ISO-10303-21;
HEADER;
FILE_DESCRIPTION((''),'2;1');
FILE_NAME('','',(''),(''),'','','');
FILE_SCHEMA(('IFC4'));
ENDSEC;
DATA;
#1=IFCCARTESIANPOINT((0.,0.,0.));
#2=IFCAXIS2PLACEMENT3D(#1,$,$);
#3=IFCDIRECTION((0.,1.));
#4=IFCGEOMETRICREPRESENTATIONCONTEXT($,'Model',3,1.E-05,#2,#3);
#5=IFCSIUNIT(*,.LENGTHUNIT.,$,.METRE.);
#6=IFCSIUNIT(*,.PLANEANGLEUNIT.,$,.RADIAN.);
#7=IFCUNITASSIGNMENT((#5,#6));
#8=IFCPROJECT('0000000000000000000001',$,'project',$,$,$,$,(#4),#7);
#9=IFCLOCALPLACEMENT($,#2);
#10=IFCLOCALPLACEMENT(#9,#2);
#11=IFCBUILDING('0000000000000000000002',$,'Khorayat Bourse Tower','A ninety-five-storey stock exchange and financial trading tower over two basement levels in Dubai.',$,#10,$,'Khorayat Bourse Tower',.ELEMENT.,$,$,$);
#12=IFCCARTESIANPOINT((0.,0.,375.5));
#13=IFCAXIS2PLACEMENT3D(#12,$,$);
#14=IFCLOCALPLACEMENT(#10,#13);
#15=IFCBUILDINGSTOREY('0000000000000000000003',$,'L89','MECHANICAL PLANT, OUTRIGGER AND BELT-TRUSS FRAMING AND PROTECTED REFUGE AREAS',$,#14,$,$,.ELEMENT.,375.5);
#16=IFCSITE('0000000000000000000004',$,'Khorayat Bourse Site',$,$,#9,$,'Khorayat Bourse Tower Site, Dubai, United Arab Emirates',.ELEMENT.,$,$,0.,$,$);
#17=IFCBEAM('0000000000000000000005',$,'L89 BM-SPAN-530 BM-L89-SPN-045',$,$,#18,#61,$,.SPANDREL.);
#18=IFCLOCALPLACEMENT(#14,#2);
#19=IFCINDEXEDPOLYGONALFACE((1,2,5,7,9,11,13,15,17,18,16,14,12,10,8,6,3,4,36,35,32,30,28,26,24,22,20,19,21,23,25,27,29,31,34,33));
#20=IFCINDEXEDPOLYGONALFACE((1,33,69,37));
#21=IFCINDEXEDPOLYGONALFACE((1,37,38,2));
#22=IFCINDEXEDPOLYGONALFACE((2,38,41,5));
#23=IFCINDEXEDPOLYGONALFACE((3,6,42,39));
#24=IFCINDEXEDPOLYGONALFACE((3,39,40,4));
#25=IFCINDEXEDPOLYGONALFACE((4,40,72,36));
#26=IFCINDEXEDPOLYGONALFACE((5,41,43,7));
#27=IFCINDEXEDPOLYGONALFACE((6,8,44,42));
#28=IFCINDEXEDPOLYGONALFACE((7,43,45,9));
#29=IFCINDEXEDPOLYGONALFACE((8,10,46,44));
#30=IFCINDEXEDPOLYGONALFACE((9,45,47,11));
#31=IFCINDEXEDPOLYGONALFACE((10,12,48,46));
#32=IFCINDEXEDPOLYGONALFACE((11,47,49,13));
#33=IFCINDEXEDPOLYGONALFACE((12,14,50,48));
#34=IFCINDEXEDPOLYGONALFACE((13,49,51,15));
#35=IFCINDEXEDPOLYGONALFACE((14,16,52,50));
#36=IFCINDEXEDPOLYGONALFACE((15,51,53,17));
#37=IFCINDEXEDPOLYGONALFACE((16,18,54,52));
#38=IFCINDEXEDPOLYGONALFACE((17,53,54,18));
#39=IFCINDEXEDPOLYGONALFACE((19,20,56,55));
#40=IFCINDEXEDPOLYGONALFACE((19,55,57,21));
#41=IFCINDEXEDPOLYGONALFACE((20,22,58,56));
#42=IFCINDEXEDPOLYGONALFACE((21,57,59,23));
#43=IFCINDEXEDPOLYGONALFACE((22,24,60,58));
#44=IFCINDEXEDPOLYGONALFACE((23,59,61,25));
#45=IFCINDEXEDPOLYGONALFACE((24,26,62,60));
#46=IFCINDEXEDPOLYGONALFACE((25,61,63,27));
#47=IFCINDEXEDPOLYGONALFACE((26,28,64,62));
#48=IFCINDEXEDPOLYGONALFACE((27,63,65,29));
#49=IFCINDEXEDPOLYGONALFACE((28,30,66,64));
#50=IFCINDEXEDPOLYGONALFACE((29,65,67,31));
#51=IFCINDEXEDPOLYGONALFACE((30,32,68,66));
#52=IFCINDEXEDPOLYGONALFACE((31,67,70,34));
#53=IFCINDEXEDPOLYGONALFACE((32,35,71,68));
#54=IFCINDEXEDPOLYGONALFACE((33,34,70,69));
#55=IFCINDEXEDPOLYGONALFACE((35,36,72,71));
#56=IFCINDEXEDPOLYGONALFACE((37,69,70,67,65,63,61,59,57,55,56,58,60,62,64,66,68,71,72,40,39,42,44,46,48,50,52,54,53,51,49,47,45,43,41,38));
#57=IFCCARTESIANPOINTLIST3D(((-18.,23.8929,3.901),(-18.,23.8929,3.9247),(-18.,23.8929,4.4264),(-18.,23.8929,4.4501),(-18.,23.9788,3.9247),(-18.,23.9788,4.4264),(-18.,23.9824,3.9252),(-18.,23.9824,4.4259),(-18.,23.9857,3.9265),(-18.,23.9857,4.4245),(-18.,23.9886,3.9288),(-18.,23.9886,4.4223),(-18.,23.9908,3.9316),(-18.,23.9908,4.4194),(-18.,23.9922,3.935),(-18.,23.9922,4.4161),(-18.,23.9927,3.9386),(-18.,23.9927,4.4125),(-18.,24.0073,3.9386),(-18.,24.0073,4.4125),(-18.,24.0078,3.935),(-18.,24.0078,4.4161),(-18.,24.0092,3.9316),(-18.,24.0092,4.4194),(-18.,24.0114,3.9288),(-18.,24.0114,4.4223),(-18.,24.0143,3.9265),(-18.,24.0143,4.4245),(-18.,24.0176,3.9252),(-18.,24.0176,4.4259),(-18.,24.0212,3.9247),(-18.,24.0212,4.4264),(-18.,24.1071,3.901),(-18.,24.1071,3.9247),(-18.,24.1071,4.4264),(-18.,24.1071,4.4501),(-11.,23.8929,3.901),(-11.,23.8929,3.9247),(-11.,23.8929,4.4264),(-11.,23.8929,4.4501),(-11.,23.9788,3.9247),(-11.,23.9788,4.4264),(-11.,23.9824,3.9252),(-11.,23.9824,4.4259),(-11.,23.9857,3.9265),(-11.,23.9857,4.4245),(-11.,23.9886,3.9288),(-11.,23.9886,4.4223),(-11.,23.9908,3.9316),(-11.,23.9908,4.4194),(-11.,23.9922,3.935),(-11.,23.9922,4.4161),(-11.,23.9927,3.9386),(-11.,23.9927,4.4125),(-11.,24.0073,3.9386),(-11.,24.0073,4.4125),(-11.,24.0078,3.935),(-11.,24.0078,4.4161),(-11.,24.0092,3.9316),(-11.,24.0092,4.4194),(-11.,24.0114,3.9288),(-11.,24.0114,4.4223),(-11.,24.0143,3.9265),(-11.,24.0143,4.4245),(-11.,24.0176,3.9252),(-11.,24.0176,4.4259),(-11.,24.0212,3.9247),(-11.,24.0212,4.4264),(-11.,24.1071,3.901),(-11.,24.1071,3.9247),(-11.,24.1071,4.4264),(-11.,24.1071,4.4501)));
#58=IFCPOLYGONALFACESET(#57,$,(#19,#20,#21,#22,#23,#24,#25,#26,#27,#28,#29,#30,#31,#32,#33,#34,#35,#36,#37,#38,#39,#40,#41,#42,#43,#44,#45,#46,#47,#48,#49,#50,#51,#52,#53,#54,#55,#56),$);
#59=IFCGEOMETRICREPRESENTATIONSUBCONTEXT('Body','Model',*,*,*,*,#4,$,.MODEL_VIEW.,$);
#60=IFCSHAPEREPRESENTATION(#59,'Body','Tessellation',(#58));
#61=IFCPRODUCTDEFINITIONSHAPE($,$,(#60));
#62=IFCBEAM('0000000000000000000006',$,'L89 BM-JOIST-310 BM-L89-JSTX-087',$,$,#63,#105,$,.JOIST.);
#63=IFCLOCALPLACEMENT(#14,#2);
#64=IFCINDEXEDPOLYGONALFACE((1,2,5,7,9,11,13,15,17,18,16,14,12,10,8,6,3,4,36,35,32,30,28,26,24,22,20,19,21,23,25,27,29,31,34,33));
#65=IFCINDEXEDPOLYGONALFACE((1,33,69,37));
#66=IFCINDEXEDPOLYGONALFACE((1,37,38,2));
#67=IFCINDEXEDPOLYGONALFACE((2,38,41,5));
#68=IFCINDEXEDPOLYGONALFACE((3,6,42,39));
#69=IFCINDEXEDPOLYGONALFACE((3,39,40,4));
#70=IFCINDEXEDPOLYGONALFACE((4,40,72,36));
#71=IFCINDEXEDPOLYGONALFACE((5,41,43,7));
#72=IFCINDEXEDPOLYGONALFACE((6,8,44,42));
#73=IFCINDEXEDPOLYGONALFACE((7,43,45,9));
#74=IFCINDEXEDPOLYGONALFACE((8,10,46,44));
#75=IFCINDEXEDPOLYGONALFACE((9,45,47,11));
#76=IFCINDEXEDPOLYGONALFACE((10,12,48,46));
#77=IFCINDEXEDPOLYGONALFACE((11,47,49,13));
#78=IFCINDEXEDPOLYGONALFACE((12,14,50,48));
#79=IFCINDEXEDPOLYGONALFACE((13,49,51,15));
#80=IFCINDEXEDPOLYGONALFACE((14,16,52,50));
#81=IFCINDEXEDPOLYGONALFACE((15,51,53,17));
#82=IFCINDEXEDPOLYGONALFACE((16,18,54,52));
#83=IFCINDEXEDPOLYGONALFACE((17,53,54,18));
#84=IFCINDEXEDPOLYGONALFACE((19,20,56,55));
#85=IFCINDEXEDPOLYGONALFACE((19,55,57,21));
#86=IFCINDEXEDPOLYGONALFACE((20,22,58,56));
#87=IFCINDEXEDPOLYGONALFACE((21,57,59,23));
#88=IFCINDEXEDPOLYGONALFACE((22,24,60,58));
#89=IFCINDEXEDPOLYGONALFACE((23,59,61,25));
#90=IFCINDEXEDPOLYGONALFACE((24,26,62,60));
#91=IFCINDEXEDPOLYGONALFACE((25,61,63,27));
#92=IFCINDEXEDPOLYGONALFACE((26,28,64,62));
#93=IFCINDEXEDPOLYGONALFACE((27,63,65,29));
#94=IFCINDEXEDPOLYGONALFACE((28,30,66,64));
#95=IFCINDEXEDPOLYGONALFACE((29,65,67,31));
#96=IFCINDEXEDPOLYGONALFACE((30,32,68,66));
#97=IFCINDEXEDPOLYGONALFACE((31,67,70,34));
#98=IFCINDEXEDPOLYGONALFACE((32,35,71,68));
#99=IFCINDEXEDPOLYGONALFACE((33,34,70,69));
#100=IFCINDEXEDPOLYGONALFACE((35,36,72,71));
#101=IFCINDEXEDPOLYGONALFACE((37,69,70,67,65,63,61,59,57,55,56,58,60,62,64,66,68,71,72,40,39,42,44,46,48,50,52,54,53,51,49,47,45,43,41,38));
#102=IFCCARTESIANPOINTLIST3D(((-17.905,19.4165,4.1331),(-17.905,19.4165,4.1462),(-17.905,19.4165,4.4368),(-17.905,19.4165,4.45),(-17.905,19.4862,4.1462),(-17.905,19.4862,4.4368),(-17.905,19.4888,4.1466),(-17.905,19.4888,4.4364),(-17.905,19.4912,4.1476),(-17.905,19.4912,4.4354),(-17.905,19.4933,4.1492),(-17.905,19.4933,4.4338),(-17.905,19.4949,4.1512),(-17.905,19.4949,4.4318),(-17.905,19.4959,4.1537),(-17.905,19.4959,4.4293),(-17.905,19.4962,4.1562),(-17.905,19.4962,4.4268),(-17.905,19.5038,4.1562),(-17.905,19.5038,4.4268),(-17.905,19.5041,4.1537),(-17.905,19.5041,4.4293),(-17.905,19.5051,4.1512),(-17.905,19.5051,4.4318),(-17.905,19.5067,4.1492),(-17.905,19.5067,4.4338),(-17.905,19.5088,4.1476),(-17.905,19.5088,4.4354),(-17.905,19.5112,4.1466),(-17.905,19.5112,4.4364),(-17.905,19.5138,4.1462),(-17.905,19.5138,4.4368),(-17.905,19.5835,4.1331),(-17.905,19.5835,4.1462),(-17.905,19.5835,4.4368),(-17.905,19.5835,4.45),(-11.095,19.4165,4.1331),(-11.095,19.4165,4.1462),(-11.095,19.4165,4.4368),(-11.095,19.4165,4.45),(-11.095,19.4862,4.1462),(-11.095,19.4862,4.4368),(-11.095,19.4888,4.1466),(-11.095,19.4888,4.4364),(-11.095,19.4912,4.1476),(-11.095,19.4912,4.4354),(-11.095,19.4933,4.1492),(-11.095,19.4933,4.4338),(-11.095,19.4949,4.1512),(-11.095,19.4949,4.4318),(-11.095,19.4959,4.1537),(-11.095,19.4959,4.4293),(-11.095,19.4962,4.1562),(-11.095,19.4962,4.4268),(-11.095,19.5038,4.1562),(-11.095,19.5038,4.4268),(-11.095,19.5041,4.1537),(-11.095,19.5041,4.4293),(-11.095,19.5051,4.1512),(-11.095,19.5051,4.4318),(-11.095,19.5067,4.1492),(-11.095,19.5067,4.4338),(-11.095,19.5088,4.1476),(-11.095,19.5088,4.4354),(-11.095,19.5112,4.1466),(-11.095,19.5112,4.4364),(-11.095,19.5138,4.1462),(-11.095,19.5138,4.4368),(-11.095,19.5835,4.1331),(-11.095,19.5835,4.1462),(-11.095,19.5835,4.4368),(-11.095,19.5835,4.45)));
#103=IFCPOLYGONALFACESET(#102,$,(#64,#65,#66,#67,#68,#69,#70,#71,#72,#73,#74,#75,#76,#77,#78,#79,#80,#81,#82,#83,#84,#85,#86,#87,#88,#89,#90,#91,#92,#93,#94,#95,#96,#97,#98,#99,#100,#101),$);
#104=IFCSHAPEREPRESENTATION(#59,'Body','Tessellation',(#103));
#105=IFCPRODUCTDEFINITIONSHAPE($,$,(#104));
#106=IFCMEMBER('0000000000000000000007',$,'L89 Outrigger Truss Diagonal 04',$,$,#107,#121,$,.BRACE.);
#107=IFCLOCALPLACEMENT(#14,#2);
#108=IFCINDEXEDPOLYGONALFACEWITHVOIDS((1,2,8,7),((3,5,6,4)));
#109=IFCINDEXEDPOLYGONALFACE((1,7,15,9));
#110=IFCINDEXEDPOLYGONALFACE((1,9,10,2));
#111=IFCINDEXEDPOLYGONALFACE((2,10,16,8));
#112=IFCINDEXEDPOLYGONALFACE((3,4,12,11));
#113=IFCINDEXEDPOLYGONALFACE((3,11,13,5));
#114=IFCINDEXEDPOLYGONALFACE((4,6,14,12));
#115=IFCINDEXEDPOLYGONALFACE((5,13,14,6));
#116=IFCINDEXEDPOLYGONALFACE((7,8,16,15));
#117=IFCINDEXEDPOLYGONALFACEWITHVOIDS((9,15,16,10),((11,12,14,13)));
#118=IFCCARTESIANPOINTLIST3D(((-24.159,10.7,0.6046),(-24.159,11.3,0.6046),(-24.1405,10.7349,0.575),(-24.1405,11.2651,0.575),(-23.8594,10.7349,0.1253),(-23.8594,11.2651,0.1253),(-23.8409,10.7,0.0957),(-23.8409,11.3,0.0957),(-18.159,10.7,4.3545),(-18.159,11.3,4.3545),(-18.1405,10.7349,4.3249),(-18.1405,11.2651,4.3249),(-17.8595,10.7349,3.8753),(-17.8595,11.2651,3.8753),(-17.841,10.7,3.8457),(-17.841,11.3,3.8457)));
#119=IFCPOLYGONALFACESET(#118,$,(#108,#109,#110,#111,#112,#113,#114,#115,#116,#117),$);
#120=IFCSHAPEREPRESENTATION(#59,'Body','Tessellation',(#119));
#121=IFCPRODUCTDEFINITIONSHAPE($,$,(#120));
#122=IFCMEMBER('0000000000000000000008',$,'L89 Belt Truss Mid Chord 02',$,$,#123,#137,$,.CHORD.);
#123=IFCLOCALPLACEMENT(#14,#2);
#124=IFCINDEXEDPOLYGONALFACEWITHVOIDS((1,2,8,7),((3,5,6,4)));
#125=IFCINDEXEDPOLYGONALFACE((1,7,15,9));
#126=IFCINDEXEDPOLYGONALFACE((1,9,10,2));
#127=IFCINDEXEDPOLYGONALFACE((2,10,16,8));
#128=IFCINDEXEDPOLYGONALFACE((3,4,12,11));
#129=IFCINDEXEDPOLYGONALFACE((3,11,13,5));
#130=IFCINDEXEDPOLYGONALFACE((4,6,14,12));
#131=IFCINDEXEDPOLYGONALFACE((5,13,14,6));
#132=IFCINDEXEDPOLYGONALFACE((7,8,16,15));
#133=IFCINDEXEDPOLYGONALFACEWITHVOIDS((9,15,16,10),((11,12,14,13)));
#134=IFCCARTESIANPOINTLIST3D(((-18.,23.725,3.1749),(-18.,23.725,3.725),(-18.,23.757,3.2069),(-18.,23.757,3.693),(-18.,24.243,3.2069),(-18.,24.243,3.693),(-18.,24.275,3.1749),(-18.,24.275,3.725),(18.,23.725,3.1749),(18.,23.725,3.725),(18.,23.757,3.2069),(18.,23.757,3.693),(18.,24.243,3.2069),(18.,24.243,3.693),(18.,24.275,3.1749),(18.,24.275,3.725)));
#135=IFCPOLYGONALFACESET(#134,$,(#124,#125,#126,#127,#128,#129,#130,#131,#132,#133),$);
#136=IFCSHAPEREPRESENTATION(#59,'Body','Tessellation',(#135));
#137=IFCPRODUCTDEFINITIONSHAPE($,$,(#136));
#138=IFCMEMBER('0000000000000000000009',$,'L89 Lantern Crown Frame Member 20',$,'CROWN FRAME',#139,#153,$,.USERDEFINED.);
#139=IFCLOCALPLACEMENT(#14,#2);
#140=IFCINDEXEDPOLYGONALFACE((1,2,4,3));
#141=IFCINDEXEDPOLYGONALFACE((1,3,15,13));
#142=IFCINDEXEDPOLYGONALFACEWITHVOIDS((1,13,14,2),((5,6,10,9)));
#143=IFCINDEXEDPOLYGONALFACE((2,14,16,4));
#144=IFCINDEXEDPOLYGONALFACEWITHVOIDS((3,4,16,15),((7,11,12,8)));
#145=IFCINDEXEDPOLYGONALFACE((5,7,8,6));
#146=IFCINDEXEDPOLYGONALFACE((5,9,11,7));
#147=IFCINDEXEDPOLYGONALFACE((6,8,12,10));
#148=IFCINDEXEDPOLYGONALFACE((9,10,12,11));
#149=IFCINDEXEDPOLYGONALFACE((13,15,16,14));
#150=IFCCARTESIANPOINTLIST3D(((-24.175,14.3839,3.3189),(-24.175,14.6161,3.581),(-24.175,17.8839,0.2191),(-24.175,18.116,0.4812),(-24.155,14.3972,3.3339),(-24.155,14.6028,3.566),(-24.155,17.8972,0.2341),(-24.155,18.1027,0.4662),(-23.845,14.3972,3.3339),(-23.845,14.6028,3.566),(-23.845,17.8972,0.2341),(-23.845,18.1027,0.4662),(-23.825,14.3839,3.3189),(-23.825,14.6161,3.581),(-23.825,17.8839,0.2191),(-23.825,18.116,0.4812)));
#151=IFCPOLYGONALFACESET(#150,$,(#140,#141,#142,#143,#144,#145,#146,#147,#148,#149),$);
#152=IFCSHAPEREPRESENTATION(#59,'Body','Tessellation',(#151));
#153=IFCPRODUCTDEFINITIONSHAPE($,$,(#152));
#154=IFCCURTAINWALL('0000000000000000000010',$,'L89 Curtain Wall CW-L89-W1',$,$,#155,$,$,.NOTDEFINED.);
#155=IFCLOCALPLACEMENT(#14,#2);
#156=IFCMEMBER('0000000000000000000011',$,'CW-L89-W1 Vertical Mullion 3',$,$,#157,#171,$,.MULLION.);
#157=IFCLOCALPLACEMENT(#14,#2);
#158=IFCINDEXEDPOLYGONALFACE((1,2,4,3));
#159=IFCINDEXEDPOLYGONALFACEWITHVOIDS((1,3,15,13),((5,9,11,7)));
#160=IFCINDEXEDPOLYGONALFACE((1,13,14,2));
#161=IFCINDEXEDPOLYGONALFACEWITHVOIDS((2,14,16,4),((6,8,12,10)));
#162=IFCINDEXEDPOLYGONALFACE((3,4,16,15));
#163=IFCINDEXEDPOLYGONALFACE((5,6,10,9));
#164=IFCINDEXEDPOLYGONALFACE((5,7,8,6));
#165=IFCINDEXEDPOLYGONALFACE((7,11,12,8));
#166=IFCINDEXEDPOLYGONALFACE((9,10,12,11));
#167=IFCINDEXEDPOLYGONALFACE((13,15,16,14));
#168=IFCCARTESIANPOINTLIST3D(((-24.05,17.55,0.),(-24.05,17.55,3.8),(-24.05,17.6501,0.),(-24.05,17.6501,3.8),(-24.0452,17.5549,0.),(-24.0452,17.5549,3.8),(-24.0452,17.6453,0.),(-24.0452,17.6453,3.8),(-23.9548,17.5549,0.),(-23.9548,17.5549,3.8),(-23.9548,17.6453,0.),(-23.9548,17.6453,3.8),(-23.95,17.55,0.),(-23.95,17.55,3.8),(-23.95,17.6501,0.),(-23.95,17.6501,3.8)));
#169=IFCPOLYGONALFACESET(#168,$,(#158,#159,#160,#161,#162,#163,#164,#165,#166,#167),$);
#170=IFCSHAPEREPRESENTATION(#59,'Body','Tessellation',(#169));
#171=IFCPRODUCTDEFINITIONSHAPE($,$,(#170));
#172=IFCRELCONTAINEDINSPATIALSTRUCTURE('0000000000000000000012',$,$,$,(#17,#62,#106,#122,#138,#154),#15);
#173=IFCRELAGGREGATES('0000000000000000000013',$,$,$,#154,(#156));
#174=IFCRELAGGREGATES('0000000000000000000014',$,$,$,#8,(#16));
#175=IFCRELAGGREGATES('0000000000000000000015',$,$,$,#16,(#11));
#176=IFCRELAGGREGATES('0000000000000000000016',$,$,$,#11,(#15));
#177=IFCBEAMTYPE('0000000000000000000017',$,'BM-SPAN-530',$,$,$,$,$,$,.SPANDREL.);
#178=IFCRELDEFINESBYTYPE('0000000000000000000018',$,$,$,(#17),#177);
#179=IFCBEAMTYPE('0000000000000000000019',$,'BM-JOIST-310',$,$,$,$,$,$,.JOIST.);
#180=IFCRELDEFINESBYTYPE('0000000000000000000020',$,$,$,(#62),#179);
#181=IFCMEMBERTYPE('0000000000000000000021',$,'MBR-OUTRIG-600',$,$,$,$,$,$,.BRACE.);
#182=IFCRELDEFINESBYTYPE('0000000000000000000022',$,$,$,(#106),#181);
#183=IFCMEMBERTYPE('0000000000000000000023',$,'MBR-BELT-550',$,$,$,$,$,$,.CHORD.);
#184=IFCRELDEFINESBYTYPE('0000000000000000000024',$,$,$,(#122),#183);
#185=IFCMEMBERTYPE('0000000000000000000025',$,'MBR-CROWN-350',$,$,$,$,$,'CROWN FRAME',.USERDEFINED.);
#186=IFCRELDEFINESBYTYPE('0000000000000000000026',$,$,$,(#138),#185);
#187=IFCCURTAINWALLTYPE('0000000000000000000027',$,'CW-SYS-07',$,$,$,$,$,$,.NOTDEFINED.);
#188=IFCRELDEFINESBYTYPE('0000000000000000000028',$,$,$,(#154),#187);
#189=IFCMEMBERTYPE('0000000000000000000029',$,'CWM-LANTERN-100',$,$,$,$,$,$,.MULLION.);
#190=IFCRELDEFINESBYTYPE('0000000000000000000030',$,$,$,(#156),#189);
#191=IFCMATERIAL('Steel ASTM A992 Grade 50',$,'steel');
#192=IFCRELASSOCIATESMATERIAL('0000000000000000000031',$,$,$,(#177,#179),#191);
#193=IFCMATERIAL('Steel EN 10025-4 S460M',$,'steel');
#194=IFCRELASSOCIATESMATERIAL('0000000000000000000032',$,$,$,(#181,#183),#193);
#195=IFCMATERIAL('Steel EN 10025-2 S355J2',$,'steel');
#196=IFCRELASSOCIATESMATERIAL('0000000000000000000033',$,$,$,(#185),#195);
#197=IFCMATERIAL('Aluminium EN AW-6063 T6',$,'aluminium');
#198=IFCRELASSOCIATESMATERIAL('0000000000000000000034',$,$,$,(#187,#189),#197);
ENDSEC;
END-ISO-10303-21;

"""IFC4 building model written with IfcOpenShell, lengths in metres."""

from ifc_helpers import new_model, si_unit, direction, frame, origin, origin_2d, place, context, subcontext, project, spatial, hollow_rectangle, i_section, extrude, source, transform, mapped, material, material_profile, profile_set, type_object, element, aggregate, save


model = new_model("IFC4")

# Units and contexts
model_context = context("Model", 3, precision=1e-05, world=origin(), true_north=direction((0.0, 1.0)))
body_context = subcontext(model_context, "Body", "Model", "MODEL_VIEW")
ifc_project = project(units=[si_unit("LENGTHUNIT", "METRE"), si_unit("PLANEANGLEUNIT", "RADIAN")], contexts=[model_context])

# Site, building, storey
site_placement = place(None, origin())
site = spatial("IfcSite", under=ifc_project, at=site_placement, Name="Khorayat Bourse Site", LongName="Khorayat Bourse Tower Site, Dubai, United Arab Emirates", CompositionType="ELEMENT", RefElevation=0.0)
building_placement = place(site_placement, origin())
building = spatial("IfcBuilding", under=site, at=building_placement, Name="Khorayat Bourse Tower", Description="A ninety-five-storey stock exchange and financial trading tower over two basement levels in Dubai.", LongName="Khorayat Bourse Tower", CompositionType="ELEMENT")
storey_placement = place(building_placement, frame((0.0, 0.0, 375.5)))
storey = spatial("IfcBuildingStorey", under=building, at=storey_placement, Name="L89", Description="MECHANICAL PLANT, OUTRIGGER AND BELT-TRUSS FRAMING AND PROTECTED REFUGE AREAS", CompositionType="ELEMENT", Elevation=375.5)

# Shared definitions
ifc_material_1 = material(Name="Steel EN 10025-2 S355J2", Category="steel")

# Shared definitions
ifc_material_2 = material(Name="Steel EN 10025-4 S460M", Category="steel")

# Beams
ifc_material_3 = material(Name="Steel ASTM A992 Grade 50", Category="steel")
ifc_material_profile_1 = material_profile(ifc_material_3, i_section(OverallWidth=0.2141, OverallDepth=0.5491, WebThickness=0.0146, FlangeThickness=0.0237, FilletRadius=0.0139, at=origin_2d()), Name="W530X138")
ifc_profile_set_1 = profile_set([ifc_material_profile_1], Name="Steel ASTM A992 Grade 50")
beam_type_1 = type_object("IfcBeamType", Name="BM-SPAN-530", PredefinedType="SPANDREL", material=ifc_profile_set_1)
shared_shape_1 = source(origin(), body_context, "Body", "SweptSolid", [
    extrude(i_section(OverallWidth=0.2141, OverallDepth=0.5491, WebThickness=0.0146, FlangeThickness=0.0237, FilletRadius=0.0139, at=origin_2d()), origin(), (0.0, 0.0, 1.0), 7.0),
])
beam_1_placement = place(storey_placement, frame((-18.0, 24.0, 4.1755), z_axis=(1.0, 0.0, 0.0), x_axis=(0.0, 1.0, 0.0)))
element("IfcBeam", 1, at=beam_1_placement, inside=storey, type_object=beam_type_1, Name="L89 BM-SPAN-530 BM-L89-SPN-045", PredefinedType="SPANDREL", context=body_context, shape_type="MappedRepresentation", body=[
    mapped(shared_shape_1, transform((0.0, 0.0, 0.0), scale=1.0)),
])
ifc_material_profile_2 = material_profile(ifc_material_3, i_section(OverallWidth=0.167, OverallDepth=0.3169, WebThickness=0.0076, FlangeThickness=0.0132, FilletRadius=0.01, at=origin_2d()), Name="W310X52")
ifc_profile_set_2 = profile_set([ifc_material_profile_2], Name="Steel ASTM A992 Grade 50")
beam_type_2 = type_object("IfcBeamType", Name="BM-JOIST-310", PredefinedType="JOIST", material=ifc_profile_set_2)
shared_shape_2 = source(origin(), body_context, "Body", "SweptSolid", [
    extrude(i_section(OverallWidth=0.167, OverallDepth=0.3169, WebThickness=0.0076, FlangeThickness=0.0132, FilletRadius=0.01, at=origin_2d()), origin(), (0.0, 0.0, 1.0), 6.8101),
])
beam_2_placement = place(storey_placement, frame((-17.905, 19.5, 4.2915), z_axis=(1.0, 0.0, 0.0), x_axis=(0.0, 1.0, 0.0)))
element("IfcBeam", 2, at=beam_2_placement, inside=storey, type_object=beam_type_2, Name="L89 BM-JOIST-310 BM-L89-JSTX-087", PredefinedType="JOIST", context=body_context, shape_type="MappedRepresentation", body=[
    mapped(shared_shape_2, transform((0.0, 0.0, 0.0), scale=1.0)),
])

# Members
ifc_material_profile_3 = material_profile(ifc_material_2, hollow_rectangle(XDim=0.6001, YDim=0.6001, WallThickness=0.0349, at=origin_2d()), Name="BOX 600x600x35")
ifc_profile_set_3 = profile_set([ifc_material_profile_3], Name="Steel EN 10025-4 S460M")
member_type_1 = type_object("IfcMemberType", Name="MBR-OUTRIG-600", PredefinedType="BRACE", material=ifc_profile_set_3)
shared_shape_3 = source(origin(), body_context, "Body", "SweptSolid", [
    extrude(hollow_rectangle(XDim=0.6001, YDim=0.6001, WallThickness=0.0349, at=origin_2d()), origin(), (0.0, 0.0, 1.0), 7.0754),
])
member_1_placement = place(storey_placement, frame((-18.0, 11.0, 4.1001), z_axis=(-0.847998, 0.0, -0.529999), x_axis=(0.0, -1.0, 0.0)))
element("IfcMember", 3, at=member_1_placement, inside=storey, type_object=member_type_1, Name="L89 Outrigger Truss Diagonal 04", PredefinedType="BRACE", context=body_context, shape_type="MappedRepresentation", body=[
    mapped(shared_shape_3, transform((0.0, 0.0, 0.0), scale=1.0)),
])
ifc_material_profile_4 = material_profile(ifc_material_2, hollow_rectangle(XDim=0.55, YDim=0.55, WallThickness=0.032, at=origin_2d()), Name="HSS 550x550x32")
ifc_profile_set_4 = profile_set([ifc_material_profile_4], Name="Steel EN 10025-4 S460M")
member_type_2 = type_object("IfcMemberType", Name="MBR-BELT-550", PredefinedType="CHORD", material=ifc_profile_set_4)
shared_shape_4 = source(origin(), body_context, "Body", "SweptSolid", [
    extrude(hollow_rectangle(XDim=0.55, YDim=0.55, WallThickness=0.032, at=origin_2d()), origin(), (0.0, 0.0, 1.0), 36.0),
])
member_2_placement = place(storey_placement, frame((-18.0, 24.0, 3.45), z_axis=(1.0, 0.0, 0.0), x_axis=(0.0, 1.0, 0.0)))
element("IfcMember", 4, at=member_2_placement, inside=storey, type_object=member_type_2, Name="L89 Belt Truss Mid Chord 02", PredefinedType="CHORD", context=body_context, shape_type="MappedRepresentation", body=[
    mapped(shared_shape_4, transform((0.0, 0.0, 0.0), scale=1.0)),
])
ifc_material_profile_5 = material_profile(ifc_material_1, hollow_rectangle(XDim=0.3501, YDim=0.3501, WallThickness=0.02, at=origin_2d()), Name="HSS 350x350x20")
ifc_profile_set_5 = profile_set([ifc_material_profile_5], Name="Steel EN 10025-2 S355J2")
member_type_3 = type_object("IfcMemberType", Name="MBR-CROWN-350", ElementType="CROWN FRAME", PredefinedType="USERDEFINED", material=ifc_profile_set_5)
shared_shape_5 = source(origin(), body_context, "Body", "SweptSolid", [
    extrude(hollow_rectangle(XDim=0.3501, YDim=0.3501, WallThickness=0.02, at=origin_2d()), origin(), (0.0, 0.0, 1.0), 4.6753),
])
member_3_placement = place(storey_placement, frame((-24.0, 14.5, 3.45), z_axis=(0.0, 0.748604, -0.663018), x_axis=(-1.0, 0.0, 0.0)))
element("IfcMember", 5, at=member_3_placement, inside=storey, type_object=member_type_3, Name="L89 Lantern Crown Frame Member 20", ObjectType="CROWN FRAME", PredefinedType="USERDEFINED", context=body_context, shape_type="MappedRepresentation", body=[
    mapped(shared_shape_5, transform((0.0, 0.0, 0.0), scale=1.0)),
])

# Curtain wall, member
ifc_material_4 = material(Name="Aluminium EN AW-6063 T6", Category="aluminium")
curtain_wall_type = type_object("IfcCurtainWallType", Name="CW-SYS-07", PredefinedType="NOTDEFINED", material=ifc_material_4)
curtain_wall_placement = place(storey_placement, origin())
curtain_wall = element("IfcCurtainWall", 6, at=curtain_wall_placement, inside=storey, type_object=curtain_wall_type, Name="L89 Curtain Wall CW-L89-W1", PredefinedType="NOTDEFINED")
ifc_material_profile_6 = material_profile(ifc_material_4, hollow_rectangle(XDim=0.1001, YDim=0.1001, WallThickness=0.0049, at=origin_2d()), Name="ALU 100x100x5")
ifc_profile_set_6 = profile_set([ifc_material_profile_6], Name="Aluminium EN AW-6063 T6")
member_type_4 = type_object("IfcMemberType", Name="CWM-LANTERN-100", PredefinedType="MULLION", material=ifc_profile_set_6)
shared_shape_6 = source(origin(), body_context, "Body", "SweptSolid", [
    extrude(hollow_rectangle(XDim=0.1001, YDim=0.1001, WallThickness=0.0049, at=origin_2d()), origin(), (0.0, 0.0, 1.0), 3.8),
])
member_4_placement = place(storey_placement, frame((-24.0, 17.6001, 0.0), z_axis=(0.0, 0.0, 1.0), x_axis=(-1.0, 0.0, 0.0)))
member_4 = element("IfcMember", 7, at=member_4_placement, type_object=member_type_4, Name="CW-L89-W1 Vertical Mullion 3", PredefinedType="MULLION", context=body_context, shape_type="MappedRepresentation", body=[
    mapped(shared_shape_6, transform((0.0, 0.0, 0.0), scale=1.0)),
])
aggregate(curtain_wall, [member_4])

save(model, "model.ifc")
